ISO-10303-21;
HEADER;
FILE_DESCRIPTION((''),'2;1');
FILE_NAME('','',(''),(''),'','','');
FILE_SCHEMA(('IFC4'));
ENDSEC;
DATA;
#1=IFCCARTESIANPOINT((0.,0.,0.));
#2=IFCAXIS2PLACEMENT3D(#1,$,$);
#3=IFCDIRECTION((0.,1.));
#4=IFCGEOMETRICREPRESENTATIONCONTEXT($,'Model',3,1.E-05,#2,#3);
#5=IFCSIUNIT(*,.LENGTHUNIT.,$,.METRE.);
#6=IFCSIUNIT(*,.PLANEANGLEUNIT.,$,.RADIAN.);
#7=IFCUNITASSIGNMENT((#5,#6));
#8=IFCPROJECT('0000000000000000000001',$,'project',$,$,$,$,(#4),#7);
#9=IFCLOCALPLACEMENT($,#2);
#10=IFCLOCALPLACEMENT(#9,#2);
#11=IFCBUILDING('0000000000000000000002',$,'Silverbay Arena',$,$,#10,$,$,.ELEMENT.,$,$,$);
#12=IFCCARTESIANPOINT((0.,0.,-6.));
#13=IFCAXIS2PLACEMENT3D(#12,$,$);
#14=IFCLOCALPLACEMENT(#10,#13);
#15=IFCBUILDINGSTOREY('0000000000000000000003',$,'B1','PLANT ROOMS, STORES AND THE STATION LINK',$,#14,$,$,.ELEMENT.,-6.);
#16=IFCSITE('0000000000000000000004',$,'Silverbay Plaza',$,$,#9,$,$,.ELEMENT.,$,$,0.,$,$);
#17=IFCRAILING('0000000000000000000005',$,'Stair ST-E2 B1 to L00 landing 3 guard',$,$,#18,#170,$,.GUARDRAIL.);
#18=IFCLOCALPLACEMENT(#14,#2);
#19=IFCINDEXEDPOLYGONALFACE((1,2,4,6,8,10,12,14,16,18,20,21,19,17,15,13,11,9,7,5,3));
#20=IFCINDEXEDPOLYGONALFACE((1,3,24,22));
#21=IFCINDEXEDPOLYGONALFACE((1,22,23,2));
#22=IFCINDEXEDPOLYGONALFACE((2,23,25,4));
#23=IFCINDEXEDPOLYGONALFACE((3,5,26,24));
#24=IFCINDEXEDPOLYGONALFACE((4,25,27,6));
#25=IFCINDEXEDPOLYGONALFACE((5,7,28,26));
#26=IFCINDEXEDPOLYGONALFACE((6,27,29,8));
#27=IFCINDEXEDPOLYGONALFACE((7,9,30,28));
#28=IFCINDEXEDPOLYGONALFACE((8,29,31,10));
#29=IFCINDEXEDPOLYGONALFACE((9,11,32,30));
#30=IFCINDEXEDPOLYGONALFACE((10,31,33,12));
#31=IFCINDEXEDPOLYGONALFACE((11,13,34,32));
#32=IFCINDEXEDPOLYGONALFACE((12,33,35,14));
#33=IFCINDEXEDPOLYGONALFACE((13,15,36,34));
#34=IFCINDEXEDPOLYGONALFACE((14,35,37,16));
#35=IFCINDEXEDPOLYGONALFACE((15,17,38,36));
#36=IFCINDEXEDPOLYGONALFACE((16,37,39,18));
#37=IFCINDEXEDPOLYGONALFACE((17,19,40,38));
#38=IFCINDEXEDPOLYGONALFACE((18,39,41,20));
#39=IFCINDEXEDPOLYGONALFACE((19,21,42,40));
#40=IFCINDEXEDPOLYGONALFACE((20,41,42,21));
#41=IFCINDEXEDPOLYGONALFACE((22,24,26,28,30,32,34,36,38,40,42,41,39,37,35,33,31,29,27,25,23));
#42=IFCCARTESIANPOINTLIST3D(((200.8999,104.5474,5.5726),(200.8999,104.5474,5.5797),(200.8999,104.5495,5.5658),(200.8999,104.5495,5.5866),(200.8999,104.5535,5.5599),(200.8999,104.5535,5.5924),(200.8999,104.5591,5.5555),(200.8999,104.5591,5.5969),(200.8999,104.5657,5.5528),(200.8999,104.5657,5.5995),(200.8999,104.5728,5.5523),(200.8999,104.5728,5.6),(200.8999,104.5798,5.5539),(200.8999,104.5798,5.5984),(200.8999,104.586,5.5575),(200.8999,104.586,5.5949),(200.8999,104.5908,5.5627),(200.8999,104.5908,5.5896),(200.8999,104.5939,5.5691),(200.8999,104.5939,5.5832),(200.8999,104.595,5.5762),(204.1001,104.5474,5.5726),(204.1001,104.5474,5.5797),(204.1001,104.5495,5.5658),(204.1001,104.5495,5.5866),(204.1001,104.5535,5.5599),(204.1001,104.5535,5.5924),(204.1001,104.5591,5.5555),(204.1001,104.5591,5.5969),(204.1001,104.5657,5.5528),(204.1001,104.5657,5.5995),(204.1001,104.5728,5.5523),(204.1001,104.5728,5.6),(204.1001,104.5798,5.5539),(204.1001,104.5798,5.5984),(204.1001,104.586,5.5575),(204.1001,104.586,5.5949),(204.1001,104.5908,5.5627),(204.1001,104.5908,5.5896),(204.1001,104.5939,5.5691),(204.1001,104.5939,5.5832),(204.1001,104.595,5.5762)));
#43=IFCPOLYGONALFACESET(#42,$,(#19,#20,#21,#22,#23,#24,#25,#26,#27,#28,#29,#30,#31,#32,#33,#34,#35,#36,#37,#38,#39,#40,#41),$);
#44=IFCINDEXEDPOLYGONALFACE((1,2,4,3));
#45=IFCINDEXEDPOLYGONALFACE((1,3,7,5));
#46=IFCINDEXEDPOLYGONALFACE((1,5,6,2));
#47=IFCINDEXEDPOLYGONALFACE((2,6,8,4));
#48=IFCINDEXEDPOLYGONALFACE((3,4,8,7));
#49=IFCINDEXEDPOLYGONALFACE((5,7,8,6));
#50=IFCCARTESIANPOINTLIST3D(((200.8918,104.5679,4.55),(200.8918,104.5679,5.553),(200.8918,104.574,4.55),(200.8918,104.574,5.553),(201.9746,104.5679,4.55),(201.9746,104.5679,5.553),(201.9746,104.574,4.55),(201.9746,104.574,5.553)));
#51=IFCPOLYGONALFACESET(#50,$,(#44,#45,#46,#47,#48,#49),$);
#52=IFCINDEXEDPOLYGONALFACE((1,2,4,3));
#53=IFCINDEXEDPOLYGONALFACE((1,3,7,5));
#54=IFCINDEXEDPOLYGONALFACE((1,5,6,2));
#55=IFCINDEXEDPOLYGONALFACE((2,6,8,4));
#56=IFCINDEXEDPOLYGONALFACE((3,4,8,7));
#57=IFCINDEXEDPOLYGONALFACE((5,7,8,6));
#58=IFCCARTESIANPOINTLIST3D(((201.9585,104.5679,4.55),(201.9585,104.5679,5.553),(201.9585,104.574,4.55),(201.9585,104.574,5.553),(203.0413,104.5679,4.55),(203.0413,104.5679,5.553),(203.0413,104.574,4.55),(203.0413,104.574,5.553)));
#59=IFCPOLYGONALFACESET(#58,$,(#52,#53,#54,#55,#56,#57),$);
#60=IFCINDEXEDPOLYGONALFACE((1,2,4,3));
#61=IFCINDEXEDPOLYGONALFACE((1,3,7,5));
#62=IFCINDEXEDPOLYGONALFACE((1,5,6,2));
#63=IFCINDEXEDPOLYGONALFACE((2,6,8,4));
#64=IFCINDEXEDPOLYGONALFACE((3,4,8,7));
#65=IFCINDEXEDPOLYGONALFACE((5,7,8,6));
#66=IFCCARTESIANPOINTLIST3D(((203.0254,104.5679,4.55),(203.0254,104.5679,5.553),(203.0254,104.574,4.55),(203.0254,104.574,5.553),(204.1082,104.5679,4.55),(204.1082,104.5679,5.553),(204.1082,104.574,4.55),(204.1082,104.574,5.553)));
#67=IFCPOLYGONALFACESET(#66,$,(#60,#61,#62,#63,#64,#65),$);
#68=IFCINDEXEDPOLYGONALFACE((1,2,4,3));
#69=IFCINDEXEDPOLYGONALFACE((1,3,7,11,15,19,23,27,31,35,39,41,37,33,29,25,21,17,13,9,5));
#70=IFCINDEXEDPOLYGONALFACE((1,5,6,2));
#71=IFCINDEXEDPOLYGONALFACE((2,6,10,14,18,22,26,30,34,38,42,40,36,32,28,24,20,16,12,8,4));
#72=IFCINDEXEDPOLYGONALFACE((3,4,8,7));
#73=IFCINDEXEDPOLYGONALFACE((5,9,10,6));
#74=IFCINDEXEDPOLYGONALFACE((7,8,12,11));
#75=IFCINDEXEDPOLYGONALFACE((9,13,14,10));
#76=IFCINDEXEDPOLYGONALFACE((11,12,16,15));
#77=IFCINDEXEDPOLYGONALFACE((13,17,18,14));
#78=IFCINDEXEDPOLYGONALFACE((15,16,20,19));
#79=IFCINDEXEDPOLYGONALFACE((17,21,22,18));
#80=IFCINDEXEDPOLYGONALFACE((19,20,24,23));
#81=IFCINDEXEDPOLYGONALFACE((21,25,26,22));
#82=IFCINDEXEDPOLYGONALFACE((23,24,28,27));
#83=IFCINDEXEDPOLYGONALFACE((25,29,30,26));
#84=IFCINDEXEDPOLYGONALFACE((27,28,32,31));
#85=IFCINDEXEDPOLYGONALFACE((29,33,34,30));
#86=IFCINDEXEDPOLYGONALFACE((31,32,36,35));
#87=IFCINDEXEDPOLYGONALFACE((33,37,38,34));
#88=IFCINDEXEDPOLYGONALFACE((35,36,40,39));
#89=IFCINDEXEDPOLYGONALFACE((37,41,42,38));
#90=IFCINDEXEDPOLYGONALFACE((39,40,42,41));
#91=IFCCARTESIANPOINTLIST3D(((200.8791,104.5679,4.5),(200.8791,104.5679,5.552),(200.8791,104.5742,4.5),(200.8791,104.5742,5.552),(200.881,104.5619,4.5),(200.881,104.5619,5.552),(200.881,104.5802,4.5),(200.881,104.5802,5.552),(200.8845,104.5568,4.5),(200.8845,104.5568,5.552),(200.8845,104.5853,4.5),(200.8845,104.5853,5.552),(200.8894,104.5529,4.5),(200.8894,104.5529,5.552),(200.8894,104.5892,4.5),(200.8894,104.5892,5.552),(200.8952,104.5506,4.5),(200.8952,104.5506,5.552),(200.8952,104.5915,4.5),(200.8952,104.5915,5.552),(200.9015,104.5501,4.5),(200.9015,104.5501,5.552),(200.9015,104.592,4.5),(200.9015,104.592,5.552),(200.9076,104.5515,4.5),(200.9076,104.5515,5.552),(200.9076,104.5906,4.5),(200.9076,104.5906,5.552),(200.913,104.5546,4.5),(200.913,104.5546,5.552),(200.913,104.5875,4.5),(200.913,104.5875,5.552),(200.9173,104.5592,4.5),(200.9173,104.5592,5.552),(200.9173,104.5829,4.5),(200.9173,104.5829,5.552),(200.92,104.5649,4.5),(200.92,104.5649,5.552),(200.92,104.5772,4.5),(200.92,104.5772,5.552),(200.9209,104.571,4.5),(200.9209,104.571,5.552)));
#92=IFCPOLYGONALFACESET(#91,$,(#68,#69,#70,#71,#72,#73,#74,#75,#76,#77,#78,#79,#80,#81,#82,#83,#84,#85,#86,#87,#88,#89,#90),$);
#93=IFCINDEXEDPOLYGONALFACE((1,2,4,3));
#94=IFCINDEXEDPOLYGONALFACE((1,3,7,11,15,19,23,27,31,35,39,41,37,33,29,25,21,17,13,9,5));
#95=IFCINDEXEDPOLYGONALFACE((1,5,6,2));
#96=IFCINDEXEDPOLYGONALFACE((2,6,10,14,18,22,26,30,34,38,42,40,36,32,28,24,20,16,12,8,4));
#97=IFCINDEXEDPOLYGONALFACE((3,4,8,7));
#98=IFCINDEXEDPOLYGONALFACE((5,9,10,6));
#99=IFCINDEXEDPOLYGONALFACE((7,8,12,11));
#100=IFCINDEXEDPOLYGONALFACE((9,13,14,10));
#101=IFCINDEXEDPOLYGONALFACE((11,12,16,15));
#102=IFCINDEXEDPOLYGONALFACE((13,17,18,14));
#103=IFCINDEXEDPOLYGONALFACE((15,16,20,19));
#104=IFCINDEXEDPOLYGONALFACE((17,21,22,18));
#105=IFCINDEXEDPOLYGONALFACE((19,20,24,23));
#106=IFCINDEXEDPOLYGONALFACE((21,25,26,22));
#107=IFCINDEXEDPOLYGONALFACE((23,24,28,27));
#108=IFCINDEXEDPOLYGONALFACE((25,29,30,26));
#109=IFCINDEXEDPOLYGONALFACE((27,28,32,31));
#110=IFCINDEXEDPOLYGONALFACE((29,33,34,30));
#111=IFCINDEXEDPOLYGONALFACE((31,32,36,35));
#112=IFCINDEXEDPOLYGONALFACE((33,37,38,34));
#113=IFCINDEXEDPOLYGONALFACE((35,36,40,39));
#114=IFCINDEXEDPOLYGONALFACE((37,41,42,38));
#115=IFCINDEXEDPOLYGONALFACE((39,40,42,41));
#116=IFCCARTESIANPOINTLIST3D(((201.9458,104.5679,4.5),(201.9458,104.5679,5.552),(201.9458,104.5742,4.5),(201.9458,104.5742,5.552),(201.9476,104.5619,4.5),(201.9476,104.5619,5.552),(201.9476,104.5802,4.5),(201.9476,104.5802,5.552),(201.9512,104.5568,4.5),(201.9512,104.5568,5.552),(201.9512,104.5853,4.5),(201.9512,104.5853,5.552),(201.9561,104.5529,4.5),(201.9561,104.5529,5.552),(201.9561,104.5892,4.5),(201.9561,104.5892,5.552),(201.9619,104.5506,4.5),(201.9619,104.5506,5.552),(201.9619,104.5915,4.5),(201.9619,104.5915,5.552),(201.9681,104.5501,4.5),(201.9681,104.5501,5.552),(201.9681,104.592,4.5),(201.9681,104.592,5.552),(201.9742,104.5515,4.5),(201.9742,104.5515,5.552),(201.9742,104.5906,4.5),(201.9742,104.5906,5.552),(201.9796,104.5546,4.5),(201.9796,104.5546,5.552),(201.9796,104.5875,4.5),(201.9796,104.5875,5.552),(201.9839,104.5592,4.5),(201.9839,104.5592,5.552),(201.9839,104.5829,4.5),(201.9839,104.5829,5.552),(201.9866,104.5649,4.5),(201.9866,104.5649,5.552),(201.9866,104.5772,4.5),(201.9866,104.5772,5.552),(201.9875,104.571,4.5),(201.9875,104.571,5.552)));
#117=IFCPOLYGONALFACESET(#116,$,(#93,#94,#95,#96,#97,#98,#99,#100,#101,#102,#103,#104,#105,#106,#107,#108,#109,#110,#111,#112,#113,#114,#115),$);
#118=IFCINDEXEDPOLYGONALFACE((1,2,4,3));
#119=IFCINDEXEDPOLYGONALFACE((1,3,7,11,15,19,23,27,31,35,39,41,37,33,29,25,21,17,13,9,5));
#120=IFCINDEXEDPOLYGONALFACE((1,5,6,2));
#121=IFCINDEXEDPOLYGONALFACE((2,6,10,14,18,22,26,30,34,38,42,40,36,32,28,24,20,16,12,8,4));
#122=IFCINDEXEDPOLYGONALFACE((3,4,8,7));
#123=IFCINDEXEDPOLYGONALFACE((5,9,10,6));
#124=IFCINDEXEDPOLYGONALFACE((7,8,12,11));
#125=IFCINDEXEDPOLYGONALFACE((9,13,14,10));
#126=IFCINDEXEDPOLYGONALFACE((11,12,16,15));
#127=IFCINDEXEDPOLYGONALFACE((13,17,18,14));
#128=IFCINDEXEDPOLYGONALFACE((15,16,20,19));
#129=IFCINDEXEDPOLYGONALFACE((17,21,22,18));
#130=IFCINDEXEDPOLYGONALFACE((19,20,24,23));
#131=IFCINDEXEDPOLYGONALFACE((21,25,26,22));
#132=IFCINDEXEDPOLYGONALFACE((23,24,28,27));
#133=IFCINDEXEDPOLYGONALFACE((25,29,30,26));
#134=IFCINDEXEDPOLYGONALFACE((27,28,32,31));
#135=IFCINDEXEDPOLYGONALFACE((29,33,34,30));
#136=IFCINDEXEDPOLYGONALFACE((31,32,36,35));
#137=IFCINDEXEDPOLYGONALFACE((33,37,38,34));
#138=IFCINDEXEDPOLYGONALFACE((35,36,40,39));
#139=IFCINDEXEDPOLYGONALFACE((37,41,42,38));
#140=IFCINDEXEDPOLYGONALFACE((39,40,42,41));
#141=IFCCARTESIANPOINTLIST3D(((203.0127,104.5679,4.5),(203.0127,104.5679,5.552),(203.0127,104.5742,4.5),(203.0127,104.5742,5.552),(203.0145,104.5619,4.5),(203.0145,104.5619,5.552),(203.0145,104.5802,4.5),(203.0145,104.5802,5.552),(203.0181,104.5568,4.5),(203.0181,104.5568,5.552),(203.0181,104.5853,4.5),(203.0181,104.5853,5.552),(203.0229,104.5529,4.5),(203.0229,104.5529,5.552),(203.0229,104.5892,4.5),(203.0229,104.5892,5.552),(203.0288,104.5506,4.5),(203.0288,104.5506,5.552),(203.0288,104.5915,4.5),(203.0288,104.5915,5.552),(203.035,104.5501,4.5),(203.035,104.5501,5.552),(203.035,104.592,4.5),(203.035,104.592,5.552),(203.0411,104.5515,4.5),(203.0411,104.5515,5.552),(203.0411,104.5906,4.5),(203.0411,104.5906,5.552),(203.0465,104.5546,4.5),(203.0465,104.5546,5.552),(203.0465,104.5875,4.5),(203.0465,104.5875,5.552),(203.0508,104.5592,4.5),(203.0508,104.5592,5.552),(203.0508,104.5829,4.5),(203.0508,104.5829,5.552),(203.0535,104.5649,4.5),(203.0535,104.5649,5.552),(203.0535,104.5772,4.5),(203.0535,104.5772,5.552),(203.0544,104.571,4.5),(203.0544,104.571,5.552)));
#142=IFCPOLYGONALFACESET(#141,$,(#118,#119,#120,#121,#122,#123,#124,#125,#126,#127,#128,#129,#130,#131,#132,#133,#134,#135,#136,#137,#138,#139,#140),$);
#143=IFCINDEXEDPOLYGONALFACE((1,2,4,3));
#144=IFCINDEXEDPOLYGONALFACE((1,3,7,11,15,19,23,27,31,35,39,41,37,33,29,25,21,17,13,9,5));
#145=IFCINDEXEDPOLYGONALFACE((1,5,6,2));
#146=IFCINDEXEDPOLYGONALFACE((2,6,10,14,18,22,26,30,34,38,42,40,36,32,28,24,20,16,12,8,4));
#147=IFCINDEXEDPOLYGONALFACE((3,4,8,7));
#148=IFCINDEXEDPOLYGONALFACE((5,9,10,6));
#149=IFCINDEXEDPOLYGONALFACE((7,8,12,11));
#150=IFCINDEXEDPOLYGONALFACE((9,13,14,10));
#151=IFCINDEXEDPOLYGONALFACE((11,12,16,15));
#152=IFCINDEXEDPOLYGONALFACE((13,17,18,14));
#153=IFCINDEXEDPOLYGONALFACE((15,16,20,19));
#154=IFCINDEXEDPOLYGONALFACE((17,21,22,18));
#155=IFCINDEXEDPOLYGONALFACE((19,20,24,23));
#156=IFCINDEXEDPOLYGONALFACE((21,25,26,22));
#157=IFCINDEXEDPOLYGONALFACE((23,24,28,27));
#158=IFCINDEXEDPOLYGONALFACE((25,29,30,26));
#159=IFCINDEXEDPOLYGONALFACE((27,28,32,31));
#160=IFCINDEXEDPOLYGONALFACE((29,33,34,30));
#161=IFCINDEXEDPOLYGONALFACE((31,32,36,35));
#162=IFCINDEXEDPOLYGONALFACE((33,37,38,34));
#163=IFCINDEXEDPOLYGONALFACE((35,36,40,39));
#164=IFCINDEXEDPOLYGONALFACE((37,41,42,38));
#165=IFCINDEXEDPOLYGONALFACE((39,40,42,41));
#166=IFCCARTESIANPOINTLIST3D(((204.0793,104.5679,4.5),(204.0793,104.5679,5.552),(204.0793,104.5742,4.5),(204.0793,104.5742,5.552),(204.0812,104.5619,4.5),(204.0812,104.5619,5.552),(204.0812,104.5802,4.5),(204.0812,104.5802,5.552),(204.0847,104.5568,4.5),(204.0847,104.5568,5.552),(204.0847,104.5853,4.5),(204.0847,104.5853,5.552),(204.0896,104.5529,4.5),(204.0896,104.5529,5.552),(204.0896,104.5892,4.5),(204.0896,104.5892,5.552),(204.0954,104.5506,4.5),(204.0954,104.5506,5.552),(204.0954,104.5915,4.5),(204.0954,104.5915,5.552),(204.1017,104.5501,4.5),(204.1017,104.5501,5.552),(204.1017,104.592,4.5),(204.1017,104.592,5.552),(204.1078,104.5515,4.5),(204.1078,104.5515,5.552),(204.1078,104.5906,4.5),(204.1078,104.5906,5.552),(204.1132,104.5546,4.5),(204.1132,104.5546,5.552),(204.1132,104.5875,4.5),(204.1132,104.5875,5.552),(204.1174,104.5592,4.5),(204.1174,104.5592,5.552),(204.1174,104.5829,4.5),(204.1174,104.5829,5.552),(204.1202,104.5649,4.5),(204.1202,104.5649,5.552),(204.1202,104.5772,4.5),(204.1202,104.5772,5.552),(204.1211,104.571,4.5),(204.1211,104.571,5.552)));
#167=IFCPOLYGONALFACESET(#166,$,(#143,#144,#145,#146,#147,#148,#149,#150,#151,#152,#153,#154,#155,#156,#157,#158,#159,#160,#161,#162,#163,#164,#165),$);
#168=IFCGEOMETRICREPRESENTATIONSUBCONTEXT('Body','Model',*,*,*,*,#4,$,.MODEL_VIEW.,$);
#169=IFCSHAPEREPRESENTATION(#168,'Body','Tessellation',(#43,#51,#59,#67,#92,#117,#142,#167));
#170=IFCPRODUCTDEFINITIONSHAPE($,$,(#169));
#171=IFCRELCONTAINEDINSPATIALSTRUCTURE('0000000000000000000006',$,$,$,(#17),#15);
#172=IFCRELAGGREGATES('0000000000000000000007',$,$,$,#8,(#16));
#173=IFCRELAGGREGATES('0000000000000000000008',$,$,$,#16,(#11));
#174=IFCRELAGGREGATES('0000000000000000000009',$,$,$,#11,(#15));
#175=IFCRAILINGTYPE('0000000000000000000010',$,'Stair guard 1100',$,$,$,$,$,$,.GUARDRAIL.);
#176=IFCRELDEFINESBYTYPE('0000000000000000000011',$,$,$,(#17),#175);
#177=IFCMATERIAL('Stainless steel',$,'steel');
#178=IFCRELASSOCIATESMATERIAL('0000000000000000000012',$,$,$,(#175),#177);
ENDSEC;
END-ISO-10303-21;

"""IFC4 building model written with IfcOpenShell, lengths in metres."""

from ifc_helpers import new_model, si_unit, direction, frame, origin, origin_2d, place, context, subcontext, project, spatial, polyline, circle, outline, extrude, material, type_object, element, save


model = new_model("IFC4")

# Units and contexts
model_context = context("Model", 3, precision=1e-05, world=origin(), true_north=direction((0.0, 1.0)))
body_context = subcontext(model_context, "Body", "Model", "MODEL_VIEW")
ifc_project = project(units=[si_unit("LENGTHUNIT", "METRE"), si_unit("PLANEANGLEUNIT", "RADIAN")], contexts=[model_context])

# Site, building, storey
site_placement = place(None, origin())
site = spatial("IfcSite", under=ifc_project, at=site_placement, Name="Silverbay Plaza", CompositionType="ELEMENT", RefElevation=0.0)
building_placement = place(site_placement, origin())
building = spatial("IfcBuilding", under=site, at=building_placement, Name="Silverbay Arena", CompositionType="ELEMENT")
storey_placement = place(building_placement, frame((0.0, 0.0, -6.0)))
storey = spatial("IfcBuildingStorey", under=building, at=storey_placement, Name="B1", Description="PLANT ROOMS, STORES AND THE STATION LINK", CompositionType="ELEMENT", Elevation=-6.0)

# Railing
ifc_material_1 = material(Name="Stainless steel", Category="steel")
railing_type_1 = type_object("IfcRailingType", Name="Stair guard 1100", PredefinedType="GUARDRAIL", material=ifc_material_1)
railing_1_placement = place(storey_placement, frame((200.8999, 104.571, 4.5)))
element("IfcRailing", 1, at=railing_1_placement, inside=storey, type_object=railing_type_1, Name="Stair ST-E2 B1 to L00 landing 3 guard", PredefinedType="GUARDRAIL", context=body_context, shape_type="SweptSolid", body=[
    extrude(circle(Radius=0.0239, at=origin_2d()), frame((0.0, 0.0, 1.0762), z_axis=(1.0, 0.0, 0.0), x_axis=(0.0, 1.0, 0.0)), (0.0, 0.0, 1.0), 3.2002),
    extrude(outline(polyline([(-0.0081, 0.05), (1.0747, 0.05), (1.0747, 1.053), (-0.0081, 1.053), (-0.0081, 0.05)])), frame((0.0, 0.0029, 0.0), z_axis=(0.0, -1.0, 0.0), x_axis=(1.0, 0.0, 0.0)), (0.0, 0.0, 1.0), 0.0061),
    extrude(outline(polyline([(-0.0081, 0.05), (1.0747, 0.05), (1.0747, 1.053), (-0.0081, 1.053), (-0.0081, 0.05)])), frame((1.0667, 0.0029, 0.0), z_axis=(0.0, -1.0, 0.0), x_axis=(1.0, 0.0, 0.0)), (0.0, 0.0, 1.0), 0.0061),
    extrude(outline(polyline([(-0.0081, 0.05), (1.0747, 0.05), (1.0747, 1.053), (-0.0081, 1.053), (-0.0081, 0.05)])), frame((2.1335, 0.0029, 0.0), z_axis=(0.0, -1.0, 0.0), x_axis=(1.0, 0.0, 0.0)), (0.0, 0.0, 1.0), 0.0061),
    extrude(circle(Radius=0.021, at=origin_2d()), origin(), (0.0, 0.0, 1.0), 1.052),
    extrude(circle(Radius=0.021, at=origin_2d()), frame((1.0667, 0.0, 0.0)), (0.0, 0.0, 1.0), 1.052),
    extrude(circle(Radius=0.021, at=origin_2d()), frame((2.1335, 0.0, 0.0)), (0.0, 0.0, 1.0), 1.052),
    extrude(circle(Radius=0.021, at=origin_2d()), frame((3.2002, 0.0, 0.0)), (0.0, 0.0, 1.0), 1.052),
])

save(model, "model.ifc")
